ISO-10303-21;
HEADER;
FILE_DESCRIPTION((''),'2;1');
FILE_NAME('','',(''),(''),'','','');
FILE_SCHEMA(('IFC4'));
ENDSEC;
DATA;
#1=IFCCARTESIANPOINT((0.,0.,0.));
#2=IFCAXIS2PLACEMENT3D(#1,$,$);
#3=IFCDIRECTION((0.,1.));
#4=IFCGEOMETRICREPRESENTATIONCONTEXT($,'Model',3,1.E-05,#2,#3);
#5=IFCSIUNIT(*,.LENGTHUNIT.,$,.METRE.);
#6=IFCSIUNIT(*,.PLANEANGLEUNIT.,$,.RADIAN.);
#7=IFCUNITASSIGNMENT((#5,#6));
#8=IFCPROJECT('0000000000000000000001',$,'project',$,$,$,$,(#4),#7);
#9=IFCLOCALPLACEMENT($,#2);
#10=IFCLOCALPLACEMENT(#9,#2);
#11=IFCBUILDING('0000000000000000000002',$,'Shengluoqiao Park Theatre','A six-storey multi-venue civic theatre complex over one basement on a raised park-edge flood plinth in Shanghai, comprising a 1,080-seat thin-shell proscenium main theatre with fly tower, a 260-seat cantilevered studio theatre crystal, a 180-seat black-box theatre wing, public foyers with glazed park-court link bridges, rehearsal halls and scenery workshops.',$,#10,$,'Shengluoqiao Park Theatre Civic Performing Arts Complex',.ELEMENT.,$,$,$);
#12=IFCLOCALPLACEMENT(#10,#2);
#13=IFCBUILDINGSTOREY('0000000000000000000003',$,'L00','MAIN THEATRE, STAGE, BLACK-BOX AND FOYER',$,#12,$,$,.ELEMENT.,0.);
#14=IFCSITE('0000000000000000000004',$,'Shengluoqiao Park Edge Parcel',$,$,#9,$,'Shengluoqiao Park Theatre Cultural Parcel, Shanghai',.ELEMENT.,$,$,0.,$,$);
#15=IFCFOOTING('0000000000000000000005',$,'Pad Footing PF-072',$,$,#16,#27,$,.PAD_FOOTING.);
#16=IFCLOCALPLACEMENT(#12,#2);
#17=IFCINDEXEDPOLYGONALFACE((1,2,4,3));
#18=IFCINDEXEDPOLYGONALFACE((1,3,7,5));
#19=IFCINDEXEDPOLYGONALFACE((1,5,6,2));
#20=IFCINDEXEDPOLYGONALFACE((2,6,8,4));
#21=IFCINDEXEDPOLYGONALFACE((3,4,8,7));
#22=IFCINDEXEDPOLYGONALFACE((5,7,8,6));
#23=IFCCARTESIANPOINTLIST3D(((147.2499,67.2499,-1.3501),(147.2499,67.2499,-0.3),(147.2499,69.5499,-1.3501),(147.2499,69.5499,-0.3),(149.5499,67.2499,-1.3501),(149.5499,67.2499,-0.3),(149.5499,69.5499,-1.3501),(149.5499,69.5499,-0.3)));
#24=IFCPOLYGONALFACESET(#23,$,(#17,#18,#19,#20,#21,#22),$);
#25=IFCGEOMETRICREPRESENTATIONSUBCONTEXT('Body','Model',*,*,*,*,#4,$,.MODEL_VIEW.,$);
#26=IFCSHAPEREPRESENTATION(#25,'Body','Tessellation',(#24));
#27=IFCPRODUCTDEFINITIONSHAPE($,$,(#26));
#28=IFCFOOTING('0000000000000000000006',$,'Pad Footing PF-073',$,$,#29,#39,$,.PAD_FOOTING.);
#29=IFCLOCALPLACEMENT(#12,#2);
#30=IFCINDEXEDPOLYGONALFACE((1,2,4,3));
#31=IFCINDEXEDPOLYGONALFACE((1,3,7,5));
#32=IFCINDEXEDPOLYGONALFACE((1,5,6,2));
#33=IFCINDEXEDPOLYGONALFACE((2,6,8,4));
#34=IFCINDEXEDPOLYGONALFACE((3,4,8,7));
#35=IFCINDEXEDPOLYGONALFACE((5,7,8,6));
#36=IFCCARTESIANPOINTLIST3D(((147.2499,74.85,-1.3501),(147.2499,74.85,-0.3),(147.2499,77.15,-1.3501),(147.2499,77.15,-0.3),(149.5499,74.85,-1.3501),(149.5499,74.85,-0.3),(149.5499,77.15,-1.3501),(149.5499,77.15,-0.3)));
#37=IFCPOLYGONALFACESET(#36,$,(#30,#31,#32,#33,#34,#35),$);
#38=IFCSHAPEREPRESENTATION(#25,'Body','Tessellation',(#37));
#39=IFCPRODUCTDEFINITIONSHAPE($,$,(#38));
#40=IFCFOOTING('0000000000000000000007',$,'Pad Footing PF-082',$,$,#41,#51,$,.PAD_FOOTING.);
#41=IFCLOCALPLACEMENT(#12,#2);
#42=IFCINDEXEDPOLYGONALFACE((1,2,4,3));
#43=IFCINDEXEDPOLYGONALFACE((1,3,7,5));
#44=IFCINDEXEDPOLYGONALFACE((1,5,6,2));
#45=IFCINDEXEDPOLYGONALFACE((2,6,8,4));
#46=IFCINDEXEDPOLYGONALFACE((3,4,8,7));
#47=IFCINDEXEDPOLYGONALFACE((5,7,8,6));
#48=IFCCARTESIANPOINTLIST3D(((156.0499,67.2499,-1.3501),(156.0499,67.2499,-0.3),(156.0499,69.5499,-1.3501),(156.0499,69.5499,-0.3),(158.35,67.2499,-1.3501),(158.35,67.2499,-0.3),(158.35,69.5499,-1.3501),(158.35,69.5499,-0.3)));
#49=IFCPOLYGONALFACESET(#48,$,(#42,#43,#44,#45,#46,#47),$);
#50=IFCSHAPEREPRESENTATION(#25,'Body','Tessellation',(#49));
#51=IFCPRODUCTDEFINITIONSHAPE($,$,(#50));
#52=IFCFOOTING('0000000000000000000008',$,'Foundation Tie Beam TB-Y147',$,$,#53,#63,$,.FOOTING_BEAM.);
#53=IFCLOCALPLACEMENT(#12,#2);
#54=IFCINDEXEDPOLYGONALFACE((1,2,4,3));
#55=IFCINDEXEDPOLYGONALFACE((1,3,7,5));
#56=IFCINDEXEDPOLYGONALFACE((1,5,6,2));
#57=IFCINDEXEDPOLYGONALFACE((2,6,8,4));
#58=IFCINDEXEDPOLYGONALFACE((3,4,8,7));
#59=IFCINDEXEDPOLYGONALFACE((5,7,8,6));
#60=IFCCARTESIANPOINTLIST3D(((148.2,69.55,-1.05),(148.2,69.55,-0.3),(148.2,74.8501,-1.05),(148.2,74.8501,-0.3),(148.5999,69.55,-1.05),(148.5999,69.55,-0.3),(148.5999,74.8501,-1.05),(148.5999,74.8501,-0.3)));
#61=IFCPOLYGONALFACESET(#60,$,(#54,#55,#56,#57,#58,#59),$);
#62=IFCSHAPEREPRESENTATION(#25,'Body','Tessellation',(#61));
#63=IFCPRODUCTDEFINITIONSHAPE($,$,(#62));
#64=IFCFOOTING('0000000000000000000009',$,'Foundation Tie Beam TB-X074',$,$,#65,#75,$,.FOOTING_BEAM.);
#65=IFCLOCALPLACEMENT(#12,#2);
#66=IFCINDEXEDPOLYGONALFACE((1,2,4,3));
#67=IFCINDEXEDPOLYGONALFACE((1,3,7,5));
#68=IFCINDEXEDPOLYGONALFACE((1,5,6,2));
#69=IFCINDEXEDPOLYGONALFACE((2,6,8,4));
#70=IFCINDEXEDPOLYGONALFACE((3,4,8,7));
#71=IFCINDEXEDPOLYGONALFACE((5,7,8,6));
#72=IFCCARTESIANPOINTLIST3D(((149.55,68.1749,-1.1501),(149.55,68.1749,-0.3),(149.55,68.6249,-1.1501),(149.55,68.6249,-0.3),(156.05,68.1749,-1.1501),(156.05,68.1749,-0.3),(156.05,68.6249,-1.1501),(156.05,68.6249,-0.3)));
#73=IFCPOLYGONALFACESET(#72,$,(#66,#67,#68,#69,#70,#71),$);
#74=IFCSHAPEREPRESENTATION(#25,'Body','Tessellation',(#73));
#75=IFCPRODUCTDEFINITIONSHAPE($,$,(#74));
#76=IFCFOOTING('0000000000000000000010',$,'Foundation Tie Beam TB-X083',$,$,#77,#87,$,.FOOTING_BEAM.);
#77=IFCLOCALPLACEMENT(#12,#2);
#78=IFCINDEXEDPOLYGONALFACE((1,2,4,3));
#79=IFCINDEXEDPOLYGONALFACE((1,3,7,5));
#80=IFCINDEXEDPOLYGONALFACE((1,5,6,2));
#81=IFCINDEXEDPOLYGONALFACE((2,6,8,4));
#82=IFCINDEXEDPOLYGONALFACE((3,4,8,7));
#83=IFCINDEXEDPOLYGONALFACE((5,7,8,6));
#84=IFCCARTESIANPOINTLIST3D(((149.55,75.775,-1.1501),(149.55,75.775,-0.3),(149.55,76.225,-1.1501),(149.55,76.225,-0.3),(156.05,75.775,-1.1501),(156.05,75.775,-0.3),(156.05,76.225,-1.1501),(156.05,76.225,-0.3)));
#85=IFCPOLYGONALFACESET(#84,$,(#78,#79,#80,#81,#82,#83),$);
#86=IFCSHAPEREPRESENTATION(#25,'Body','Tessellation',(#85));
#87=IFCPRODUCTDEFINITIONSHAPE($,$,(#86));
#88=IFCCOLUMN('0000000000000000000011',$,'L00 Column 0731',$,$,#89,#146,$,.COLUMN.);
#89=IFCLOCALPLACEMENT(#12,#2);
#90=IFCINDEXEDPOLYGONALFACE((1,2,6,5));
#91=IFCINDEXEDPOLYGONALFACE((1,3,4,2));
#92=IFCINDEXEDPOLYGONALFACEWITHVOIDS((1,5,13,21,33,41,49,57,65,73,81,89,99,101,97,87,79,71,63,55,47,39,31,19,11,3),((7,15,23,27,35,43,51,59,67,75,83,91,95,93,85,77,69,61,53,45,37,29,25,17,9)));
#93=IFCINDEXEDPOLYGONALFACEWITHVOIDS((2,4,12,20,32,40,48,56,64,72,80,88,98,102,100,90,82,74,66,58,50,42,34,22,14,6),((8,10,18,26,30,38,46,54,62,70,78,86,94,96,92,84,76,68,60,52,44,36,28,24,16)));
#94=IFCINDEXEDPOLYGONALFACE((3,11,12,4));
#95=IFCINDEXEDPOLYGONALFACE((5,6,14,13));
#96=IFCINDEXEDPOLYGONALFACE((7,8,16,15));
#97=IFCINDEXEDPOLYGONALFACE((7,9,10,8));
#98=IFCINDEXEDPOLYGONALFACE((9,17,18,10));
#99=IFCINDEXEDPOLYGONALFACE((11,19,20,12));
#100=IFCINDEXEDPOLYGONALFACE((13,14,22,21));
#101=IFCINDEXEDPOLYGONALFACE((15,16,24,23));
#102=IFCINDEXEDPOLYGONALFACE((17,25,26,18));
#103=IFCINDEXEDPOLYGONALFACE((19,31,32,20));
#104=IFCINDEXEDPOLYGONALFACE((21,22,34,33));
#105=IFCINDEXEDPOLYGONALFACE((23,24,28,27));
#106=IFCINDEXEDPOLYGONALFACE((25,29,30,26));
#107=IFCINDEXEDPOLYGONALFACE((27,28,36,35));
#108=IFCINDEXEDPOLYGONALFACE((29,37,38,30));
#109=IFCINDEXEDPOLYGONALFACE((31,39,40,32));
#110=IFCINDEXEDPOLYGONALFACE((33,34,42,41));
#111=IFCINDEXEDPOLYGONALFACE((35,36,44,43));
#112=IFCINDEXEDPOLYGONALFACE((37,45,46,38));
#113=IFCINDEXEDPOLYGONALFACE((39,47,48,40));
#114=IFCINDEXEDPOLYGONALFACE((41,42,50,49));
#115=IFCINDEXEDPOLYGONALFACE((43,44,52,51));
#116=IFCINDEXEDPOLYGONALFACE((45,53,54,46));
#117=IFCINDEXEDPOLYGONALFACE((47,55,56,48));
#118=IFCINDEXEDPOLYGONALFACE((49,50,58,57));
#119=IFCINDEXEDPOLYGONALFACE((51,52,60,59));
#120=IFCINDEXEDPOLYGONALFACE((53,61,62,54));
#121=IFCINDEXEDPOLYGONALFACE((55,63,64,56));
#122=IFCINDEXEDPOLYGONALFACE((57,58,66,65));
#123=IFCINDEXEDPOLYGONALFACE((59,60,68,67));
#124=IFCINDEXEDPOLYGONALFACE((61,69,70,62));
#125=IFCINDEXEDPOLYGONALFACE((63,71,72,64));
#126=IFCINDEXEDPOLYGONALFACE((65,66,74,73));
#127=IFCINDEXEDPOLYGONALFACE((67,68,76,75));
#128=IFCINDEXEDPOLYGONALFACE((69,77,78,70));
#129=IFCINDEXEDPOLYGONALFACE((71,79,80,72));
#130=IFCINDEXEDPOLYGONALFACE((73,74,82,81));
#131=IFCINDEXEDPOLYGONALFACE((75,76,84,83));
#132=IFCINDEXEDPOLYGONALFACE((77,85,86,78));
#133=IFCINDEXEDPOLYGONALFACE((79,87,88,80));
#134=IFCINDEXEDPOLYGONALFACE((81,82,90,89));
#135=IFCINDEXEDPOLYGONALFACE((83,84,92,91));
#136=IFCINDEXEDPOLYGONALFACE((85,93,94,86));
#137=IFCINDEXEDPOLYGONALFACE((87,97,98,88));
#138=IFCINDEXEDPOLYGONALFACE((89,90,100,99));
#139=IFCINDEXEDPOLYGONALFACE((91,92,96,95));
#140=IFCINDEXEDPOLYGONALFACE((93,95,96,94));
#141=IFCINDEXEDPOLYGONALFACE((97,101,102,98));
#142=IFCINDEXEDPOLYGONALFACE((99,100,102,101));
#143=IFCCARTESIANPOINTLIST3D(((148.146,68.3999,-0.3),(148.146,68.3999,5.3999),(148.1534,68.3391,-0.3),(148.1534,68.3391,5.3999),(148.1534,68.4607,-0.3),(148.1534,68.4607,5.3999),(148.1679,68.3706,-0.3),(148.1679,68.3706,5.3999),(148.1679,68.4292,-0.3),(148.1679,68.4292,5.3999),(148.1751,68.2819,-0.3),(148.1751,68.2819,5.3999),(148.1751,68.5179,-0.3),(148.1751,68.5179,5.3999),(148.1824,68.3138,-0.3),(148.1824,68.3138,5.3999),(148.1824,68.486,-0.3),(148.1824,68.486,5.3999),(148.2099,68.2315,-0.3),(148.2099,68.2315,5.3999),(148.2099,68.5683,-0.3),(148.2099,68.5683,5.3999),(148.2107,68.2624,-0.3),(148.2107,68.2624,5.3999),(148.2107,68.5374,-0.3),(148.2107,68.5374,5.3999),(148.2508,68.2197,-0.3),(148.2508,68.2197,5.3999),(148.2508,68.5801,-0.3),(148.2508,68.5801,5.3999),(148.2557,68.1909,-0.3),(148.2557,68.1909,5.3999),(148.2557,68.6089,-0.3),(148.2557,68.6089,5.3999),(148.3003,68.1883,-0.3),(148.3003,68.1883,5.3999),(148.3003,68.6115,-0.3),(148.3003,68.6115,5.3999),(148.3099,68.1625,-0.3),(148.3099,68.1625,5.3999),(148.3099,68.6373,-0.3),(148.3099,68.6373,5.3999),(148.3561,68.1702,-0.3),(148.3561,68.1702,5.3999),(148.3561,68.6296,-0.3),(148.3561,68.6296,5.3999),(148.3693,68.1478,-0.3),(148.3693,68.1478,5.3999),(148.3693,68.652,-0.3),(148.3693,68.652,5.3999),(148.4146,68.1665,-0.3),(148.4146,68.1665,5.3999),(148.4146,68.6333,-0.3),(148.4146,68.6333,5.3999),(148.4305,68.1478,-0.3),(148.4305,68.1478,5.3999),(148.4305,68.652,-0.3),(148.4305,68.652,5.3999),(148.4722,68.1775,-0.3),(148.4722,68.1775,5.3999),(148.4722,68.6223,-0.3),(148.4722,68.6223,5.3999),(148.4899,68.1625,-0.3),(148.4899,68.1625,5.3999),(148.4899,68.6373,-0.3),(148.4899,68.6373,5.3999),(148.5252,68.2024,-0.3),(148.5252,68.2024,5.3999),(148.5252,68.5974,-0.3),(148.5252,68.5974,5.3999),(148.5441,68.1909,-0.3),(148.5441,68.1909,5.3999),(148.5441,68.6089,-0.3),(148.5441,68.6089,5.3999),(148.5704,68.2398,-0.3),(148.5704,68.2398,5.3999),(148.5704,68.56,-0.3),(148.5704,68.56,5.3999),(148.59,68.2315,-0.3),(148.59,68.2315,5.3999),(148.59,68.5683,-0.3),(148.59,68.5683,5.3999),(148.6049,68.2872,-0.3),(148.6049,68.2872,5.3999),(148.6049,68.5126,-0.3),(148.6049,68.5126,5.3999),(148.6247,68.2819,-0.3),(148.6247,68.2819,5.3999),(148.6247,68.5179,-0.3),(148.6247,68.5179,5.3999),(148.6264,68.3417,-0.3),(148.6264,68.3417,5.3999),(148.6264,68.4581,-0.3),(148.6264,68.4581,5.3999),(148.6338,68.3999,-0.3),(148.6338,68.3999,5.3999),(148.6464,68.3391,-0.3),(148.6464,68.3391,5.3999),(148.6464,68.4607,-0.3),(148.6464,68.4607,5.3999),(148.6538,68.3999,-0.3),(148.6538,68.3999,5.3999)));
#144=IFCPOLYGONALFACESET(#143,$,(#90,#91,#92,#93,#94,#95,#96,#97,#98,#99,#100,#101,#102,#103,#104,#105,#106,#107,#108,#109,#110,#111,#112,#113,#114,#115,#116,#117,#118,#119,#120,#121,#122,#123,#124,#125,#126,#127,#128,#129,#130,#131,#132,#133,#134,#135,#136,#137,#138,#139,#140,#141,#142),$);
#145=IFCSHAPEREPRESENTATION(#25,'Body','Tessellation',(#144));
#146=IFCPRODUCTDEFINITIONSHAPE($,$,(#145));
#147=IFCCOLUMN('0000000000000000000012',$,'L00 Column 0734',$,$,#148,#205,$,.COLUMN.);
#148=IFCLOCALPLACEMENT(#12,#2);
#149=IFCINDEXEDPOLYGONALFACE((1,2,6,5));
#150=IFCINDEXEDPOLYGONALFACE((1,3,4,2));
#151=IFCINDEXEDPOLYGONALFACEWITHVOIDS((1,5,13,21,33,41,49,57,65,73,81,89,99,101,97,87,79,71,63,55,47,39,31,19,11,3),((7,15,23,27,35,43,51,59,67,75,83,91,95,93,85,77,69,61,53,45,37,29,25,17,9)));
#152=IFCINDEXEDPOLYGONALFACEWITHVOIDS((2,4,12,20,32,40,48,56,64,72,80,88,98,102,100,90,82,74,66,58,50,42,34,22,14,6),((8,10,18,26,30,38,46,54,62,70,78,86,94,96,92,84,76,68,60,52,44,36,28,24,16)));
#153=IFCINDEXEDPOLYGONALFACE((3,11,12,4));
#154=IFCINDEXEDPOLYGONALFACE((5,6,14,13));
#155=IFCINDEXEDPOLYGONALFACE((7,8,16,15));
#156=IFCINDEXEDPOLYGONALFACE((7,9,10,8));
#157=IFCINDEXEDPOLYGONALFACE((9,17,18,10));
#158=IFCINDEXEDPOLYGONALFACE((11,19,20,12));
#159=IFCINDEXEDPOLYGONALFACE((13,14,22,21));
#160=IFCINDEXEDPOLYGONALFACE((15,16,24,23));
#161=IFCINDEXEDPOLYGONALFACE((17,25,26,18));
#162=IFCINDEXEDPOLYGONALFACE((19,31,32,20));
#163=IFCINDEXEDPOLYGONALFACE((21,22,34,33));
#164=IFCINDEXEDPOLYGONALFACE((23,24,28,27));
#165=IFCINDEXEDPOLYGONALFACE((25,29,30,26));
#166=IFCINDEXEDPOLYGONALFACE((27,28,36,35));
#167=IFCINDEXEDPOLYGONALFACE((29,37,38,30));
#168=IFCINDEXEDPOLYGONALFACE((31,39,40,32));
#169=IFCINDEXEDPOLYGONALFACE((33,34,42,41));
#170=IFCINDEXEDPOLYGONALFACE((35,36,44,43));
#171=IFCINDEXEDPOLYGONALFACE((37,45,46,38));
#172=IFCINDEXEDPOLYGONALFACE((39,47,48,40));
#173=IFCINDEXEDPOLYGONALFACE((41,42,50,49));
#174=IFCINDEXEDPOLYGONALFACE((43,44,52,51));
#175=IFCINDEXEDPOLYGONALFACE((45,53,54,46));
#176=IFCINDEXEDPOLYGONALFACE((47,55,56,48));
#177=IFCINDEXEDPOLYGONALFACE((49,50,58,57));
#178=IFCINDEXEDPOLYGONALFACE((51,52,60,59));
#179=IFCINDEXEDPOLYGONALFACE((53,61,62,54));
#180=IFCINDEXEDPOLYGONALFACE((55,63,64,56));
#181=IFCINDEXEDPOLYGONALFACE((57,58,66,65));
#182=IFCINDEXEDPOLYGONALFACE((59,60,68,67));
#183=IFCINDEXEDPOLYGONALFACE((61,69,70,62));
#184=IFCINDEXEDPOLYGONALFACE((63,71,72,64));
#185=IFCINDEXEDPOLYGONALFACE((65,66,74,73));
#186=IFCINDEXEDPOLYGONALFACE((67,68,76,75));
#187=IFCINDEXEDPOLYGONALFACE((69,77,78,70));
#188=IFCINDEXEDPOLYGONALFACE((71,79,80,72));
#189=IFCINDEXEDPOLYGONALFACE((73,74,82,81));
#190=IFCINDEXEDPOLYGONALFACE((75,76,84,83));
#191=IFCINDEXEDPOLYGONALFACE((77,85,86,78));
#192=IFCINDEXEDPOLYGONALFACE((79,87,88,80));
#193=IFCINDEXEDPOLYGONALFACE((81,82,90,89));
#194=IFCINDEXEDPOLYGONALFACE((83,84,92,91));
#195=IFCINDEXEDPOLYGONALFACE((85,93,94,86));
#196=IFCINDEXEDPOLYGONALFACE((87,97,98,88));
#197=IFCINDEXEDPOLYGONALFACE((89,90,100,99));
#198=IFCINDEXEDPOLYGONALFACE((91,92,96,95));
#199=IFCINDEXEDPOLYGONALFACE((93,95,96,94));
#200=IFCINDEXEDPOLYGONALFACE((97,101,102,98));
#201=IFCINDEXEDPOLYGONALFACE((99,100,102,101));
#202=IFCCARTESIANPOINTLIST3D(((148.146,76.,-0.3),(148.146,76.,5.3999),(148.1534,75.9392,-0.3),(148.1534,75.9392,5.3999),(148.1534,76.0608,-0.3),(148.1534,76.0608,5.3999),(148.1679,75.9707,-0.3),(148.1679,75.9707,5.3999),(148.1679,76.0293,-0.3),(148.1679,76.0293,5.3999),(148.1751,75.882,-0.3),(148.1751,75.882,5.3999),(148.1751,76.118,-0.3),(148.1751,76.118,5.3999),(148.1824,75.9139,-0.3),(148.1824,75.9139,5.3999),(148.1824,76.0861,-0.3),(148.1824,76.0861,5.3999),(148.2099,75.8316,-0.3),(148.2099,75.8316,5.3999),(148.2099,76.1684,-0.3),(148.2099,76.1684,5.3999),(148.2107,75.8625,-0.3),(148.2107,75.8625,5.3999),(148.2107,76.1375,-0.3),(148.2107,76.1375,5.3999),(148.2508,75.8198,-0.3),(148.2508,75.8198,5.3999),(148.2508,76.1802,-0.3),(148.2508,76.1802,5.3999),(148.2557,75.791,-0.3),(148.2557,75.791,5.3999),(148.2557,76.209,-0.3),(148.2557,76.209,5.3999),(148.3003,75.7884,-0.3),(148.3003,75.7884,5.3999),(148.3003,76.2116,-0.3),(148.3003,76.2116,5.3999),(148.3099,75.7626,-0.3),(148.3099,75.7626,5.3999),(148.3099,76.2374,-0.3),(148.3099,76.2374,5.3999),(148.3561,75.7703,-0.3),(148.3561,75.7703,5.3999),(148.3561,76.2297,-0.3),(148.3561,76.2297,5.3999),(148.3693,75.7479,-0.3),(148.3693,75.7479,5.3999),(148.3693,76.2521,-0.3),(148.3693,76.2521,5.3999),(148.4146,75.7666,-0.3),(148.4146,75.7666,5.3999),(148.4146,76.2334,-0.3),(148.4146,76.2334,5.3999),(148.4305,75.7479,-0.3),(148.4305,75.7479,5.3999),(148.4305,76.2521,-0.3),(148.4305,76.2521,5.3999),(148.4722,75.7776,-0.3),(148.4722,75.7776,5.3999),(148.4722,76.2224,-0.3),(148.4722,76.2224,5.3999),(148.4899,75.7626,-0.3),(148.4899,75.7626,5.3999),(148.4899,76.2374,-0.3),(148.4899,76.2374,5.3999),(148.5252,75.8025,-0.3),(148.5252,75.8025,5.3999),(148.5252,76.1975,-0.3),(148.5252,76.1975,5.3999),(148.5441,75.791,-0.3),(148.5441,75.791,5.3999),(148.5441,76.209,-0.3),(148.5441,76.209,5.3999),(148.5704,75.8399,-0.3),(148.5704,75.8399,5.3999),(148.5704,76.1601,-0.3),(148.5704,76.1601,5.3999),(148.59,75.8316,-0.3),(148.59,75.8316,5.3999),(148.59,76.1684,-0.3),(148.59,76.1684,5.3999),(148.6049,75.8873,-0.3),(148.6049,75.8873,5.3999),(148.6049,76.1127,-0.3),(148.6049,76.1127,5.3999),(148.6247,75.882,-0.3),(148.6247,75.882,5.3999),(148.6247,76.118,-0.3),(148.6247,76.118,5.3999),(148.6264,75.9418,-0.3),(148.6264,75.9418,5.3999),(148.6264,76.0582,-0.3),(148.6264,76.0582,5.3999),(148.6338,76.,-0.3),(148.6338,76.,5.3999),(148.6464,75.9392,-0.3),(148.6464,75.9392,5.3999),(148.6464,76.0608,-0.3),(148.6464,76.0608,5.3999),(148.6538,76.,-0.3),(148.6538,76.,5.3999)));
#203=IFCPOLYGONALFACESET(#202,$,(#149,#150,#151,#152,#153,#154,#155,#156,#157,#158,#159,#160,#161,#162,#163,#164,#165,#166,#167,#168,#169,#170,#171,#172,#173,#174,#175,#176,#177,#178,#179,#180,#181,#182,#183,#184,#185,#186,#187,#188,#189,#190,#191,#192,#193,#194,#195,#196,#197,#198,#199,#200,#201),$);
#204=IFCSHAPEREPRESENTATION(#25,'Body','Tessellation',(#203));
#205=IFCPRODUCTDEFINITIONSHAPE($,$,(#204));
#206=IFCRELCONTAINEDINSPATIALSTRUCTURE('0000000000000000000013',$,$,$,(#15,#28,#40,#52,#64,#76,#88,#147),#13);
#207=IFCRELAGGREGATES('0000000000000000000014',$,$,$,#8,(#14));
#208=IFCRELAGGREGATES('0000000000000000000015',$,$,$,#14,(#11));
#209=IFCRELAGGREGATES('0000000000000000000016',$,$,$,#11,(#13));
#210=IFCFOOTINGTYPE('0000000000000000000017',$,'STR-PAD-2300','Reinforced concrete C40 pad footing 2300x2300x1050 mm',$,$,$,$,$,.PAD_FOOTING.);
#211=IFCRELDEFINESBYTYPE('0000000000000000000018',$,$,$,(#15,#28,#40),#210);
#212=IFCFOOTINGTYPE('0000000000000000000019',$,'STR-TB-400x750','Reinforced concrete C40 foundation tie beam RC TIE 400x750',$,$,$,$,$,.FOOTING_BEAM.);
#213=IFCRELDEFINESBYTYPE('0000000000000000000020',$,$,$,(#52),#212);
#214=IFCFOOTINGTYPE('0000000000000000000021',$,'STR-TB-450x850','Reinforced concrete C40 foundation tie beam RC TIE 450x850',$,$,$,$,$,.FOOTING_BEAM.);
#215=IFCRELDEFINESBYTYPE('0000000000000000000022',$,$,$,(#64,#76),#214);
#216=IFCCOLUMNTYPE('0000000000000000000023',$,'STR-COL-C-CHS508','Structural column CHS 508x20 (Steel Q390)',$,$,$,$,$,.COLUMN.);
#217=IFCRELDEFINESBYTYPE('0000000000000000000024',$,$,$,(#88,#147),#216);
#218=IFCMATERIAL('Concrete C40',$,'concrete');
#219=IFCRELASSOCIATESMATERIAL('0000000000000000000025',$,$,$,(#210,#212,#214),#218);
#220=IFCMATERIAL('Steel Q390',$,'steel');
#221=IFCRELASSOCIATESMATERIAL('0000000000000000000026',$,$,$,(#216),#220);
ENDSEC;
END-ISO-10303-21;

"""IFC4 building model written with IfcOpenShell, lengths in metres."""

from ifc_helpers import new_model, si_unit, direction, frame, origin, origin_2d, place, context, subcontext, project, spatial, rectangle, hollow_circle, extrude, material, material_profile, profile_set, type_object, element, save


model = new_model("IFC4")

# Units and contexts
model_context = context("Model", 3, precision=1e-05, world=origin(), true_north=direction((0.0, 1.0)))
body_context = subcontext(model_context, "Body", "Model", "MODEL_VIEW")
ifc_project = project(units=[si_unit("LENGTHUNIT", "METRE"), si_unit("PLANEANGLEUNIT", "RADIAN")], contexts=[model_context])

# Site, building, storey
site_placement = place(None, origin())
site = spatial("IfcSite", under=ifc_project, at=site_placement, Name="Shengluoqiao Park Edge Parcel", LongName="Shengluoqiao Park Theatre Cultural Parcel, Shanghai", CompositionType="ELEMENT", RefElevation=0.0)
building_placement = place(site_placement, origin())
building = spatial("IfcBuilding", under=site, at=building_placement, Name="Shengluoqiao Park Theatre", Description="A six-storey multi-venue civic theatre complex over one basement on a raised park-edge flood plinth in Shanghai, comprising a 1,080-seat thin-shell proscenium main theatre with fly tower, a 260-seat cantilevered studio theatre crystal, a 180-seat black-box theatre wing, public foyers with glazed park-court link bridges, rehearsal halls and scenery workshops.", LongName="Shengluoqiao Park Theatre Civic Performing Arts Complex", CompositionType="ELEMENT")
storey_placement = place(building_placement, origin())
storey = spatial("IfcBuildingStorey", under=building, at=storey_placement, Name="L00", Description="MAIN THEATRE, STAGE, BLACK-BOX AND FOYER", CompositionType="ELEMENT", Elevation=0.0)

# Footings
ifc_material_1 = material(Name="Concrete C40", Category="concrete")
footing_type_1 = type_object("IfcFootingType", Name="STR-PAD-2300", Description="Reinforced concrete C40 pad footing 2300x2300x1050 mm", PredefinedType="PAD_FOOTING", material=ifc_material_1)
for number, where, z_axis, x_axis, name in (
    (1, (148.3999, 68.3999, -1.3501), (0.0, 0.0, 1.0), (1.0, 0.0, 0.0), "Pad Footing PF-072"),
    (2, (148.3999, 76.0, -1.3501), (0.0, 0.0, 1.0), (1.0, 0.0, 0.0), "Pad Footing PF-073"),
    (3, (157.2, 68.3999, -1.3501), (0.0, 0.0, 1.0), (1.0, 0.0, 0.0), "Pad Footing PF-082"),
):
    element("IfcFooting", number, at=place(storey_placement, frame(where, z_axis=z_axis, x_axis=x_axis)), inside=storey, type_object=footing_type_1, Name=name, PredefinedType="PAD_FOOTING", context=body_context, shape_type="SweptSolid", body=[
        extrude(rectangle(XDim=2.3, YDim=2.3, at=origin_2d()), origin(), (0.0, 0.0, 1.0), 1.05),
    ])
ifc_material_profile_1 = material_profile(ifc_material_1, rectangle(XDim=0.3999, YDim=0.75, at=origin_2d()), Name="RC TIE 400x750")
ifc_profile_set_1 = profile_set([ifc_material_profile_1], Name="Concrete C40")
footing_type_2 = type_object("IfcFootingType", Name="STR-TB-400x750", Description="Reinforced concrete C40 foundation tie beam RC TIE 400x750", PredefinedType="FOOTING_BEAM", material=ifc_profile_set_1)
footing_placement = place(storey_placement, frame((148.3999, 69.55, -0.675), z_axis=(0.0, 1.0, 0.0), x_axis=(-1.0, 0.0, 0.0)))
element("IfcFooting", 4, at=footing_placement, inside=storey, type_object=footing_type_2, Name="Foundation Tie Beam TB-Y147", PredefinedType="FOOTING_BEAM", context=body_context, shape_type="SweptSolid", body=[
    extrude(rectangle(XDim=0.3999, YDim=0.75, at=origin_2d()), origin(), (0.0, 0.0, 1.0), 5.3),
])
ifc_material_profile_2 = material_profile(ifc_material_1, rectangle(XDim=0.45, YDim=0.8501, at=origin_2d()), Name="RC TIE 450x850")
ifc_profile_set_2 = profile_set([ifc_material_profile_2], Name="Concrete C40")
footing_type_3 = type_object("IfcFootingType", Name="STR-TB-450x850", Description="Reinforced concrete C40 foundation tie beam RC TIE 450x850", PredefinedType="FOOTING_BEAM", material=ifc_profile_set_2)
for number, where, z_axis, x_axis, name in (
    (5, (149.55, 68.3999, -0.7251), (1.0, 0.0, 0.0), (0.0, 1.0, 0.0), "Foundation Tie Beam TB-X074"),
    (6, (149.55, 76.0, -0.7251), (1.0, 0.0, 0.0), (0.0, 1.0, 0.0), "Foundation Tie Beam TB-X083"),
):
    element("IfcFooting", number, at=place(storey_placement, frame(where, z_axis=z_axis, x_axis=x_axis)), inside=storey, type_object=footing_type_3, Name=name, PredefinedType="FOOTING_BEAM", context=body_context, shape_type="SweptSolid", body=[
        extrude(rectangle(XDim=0.45, YDim=0.8501, at=origin_2d()), origin(), (0.0, 0.0, 1.0), 6.5),
    ])

# Columns
ifc_material_2 = material(Name="Steel Q390", Category="steel")
ifc_material_profile_3 = material_profile(ifc_material_2, hollow_circle(Radius=0.2539, WallThickness=0.02, at=origin_2d()), Name="CHS 508x20")
ifc_profile_set_3 = profile_set([ifc_material_profile_3], Name="Steel Q390")
column_type_1 = type_object("IfcColumnType", Name="STR-COL-C-CHS508", Description="Structural column CHS 508x20 (Steel Q390)", PredefinedType="COLUMN", material=ifc_profile_set_3)
for number, where, z_axis, x_axis, name in (
    (7, (148.3999, 68.3999, -0.3), (0.0, 0.0, 1.0), (1.0, 0.0, 0.0), "L00 Column 0731"),
    (8, (148.3999, 76.0, -0.3), (0.0, 0.0, 1.0), (1.0, 0.0, 0.0), "L00 Column 0734"),
):
    element("IfcColumn", number, at=place(storey_placement, frame(where, z_axis=z_axis, x_axis=x_axis)), inside=storey, type_object=column_type_1, Name=name, PredefinedType="COLUMN", context=body_context, shape_type="SweptSolid", body=[
        extrude(hollow_circle(Radius=0.2539, WallThickness=0.02, at=origin_2d()), origin(), (0.0, 0.0, 1.0), 5.7),
    ])

save(model, "model.ifc")
